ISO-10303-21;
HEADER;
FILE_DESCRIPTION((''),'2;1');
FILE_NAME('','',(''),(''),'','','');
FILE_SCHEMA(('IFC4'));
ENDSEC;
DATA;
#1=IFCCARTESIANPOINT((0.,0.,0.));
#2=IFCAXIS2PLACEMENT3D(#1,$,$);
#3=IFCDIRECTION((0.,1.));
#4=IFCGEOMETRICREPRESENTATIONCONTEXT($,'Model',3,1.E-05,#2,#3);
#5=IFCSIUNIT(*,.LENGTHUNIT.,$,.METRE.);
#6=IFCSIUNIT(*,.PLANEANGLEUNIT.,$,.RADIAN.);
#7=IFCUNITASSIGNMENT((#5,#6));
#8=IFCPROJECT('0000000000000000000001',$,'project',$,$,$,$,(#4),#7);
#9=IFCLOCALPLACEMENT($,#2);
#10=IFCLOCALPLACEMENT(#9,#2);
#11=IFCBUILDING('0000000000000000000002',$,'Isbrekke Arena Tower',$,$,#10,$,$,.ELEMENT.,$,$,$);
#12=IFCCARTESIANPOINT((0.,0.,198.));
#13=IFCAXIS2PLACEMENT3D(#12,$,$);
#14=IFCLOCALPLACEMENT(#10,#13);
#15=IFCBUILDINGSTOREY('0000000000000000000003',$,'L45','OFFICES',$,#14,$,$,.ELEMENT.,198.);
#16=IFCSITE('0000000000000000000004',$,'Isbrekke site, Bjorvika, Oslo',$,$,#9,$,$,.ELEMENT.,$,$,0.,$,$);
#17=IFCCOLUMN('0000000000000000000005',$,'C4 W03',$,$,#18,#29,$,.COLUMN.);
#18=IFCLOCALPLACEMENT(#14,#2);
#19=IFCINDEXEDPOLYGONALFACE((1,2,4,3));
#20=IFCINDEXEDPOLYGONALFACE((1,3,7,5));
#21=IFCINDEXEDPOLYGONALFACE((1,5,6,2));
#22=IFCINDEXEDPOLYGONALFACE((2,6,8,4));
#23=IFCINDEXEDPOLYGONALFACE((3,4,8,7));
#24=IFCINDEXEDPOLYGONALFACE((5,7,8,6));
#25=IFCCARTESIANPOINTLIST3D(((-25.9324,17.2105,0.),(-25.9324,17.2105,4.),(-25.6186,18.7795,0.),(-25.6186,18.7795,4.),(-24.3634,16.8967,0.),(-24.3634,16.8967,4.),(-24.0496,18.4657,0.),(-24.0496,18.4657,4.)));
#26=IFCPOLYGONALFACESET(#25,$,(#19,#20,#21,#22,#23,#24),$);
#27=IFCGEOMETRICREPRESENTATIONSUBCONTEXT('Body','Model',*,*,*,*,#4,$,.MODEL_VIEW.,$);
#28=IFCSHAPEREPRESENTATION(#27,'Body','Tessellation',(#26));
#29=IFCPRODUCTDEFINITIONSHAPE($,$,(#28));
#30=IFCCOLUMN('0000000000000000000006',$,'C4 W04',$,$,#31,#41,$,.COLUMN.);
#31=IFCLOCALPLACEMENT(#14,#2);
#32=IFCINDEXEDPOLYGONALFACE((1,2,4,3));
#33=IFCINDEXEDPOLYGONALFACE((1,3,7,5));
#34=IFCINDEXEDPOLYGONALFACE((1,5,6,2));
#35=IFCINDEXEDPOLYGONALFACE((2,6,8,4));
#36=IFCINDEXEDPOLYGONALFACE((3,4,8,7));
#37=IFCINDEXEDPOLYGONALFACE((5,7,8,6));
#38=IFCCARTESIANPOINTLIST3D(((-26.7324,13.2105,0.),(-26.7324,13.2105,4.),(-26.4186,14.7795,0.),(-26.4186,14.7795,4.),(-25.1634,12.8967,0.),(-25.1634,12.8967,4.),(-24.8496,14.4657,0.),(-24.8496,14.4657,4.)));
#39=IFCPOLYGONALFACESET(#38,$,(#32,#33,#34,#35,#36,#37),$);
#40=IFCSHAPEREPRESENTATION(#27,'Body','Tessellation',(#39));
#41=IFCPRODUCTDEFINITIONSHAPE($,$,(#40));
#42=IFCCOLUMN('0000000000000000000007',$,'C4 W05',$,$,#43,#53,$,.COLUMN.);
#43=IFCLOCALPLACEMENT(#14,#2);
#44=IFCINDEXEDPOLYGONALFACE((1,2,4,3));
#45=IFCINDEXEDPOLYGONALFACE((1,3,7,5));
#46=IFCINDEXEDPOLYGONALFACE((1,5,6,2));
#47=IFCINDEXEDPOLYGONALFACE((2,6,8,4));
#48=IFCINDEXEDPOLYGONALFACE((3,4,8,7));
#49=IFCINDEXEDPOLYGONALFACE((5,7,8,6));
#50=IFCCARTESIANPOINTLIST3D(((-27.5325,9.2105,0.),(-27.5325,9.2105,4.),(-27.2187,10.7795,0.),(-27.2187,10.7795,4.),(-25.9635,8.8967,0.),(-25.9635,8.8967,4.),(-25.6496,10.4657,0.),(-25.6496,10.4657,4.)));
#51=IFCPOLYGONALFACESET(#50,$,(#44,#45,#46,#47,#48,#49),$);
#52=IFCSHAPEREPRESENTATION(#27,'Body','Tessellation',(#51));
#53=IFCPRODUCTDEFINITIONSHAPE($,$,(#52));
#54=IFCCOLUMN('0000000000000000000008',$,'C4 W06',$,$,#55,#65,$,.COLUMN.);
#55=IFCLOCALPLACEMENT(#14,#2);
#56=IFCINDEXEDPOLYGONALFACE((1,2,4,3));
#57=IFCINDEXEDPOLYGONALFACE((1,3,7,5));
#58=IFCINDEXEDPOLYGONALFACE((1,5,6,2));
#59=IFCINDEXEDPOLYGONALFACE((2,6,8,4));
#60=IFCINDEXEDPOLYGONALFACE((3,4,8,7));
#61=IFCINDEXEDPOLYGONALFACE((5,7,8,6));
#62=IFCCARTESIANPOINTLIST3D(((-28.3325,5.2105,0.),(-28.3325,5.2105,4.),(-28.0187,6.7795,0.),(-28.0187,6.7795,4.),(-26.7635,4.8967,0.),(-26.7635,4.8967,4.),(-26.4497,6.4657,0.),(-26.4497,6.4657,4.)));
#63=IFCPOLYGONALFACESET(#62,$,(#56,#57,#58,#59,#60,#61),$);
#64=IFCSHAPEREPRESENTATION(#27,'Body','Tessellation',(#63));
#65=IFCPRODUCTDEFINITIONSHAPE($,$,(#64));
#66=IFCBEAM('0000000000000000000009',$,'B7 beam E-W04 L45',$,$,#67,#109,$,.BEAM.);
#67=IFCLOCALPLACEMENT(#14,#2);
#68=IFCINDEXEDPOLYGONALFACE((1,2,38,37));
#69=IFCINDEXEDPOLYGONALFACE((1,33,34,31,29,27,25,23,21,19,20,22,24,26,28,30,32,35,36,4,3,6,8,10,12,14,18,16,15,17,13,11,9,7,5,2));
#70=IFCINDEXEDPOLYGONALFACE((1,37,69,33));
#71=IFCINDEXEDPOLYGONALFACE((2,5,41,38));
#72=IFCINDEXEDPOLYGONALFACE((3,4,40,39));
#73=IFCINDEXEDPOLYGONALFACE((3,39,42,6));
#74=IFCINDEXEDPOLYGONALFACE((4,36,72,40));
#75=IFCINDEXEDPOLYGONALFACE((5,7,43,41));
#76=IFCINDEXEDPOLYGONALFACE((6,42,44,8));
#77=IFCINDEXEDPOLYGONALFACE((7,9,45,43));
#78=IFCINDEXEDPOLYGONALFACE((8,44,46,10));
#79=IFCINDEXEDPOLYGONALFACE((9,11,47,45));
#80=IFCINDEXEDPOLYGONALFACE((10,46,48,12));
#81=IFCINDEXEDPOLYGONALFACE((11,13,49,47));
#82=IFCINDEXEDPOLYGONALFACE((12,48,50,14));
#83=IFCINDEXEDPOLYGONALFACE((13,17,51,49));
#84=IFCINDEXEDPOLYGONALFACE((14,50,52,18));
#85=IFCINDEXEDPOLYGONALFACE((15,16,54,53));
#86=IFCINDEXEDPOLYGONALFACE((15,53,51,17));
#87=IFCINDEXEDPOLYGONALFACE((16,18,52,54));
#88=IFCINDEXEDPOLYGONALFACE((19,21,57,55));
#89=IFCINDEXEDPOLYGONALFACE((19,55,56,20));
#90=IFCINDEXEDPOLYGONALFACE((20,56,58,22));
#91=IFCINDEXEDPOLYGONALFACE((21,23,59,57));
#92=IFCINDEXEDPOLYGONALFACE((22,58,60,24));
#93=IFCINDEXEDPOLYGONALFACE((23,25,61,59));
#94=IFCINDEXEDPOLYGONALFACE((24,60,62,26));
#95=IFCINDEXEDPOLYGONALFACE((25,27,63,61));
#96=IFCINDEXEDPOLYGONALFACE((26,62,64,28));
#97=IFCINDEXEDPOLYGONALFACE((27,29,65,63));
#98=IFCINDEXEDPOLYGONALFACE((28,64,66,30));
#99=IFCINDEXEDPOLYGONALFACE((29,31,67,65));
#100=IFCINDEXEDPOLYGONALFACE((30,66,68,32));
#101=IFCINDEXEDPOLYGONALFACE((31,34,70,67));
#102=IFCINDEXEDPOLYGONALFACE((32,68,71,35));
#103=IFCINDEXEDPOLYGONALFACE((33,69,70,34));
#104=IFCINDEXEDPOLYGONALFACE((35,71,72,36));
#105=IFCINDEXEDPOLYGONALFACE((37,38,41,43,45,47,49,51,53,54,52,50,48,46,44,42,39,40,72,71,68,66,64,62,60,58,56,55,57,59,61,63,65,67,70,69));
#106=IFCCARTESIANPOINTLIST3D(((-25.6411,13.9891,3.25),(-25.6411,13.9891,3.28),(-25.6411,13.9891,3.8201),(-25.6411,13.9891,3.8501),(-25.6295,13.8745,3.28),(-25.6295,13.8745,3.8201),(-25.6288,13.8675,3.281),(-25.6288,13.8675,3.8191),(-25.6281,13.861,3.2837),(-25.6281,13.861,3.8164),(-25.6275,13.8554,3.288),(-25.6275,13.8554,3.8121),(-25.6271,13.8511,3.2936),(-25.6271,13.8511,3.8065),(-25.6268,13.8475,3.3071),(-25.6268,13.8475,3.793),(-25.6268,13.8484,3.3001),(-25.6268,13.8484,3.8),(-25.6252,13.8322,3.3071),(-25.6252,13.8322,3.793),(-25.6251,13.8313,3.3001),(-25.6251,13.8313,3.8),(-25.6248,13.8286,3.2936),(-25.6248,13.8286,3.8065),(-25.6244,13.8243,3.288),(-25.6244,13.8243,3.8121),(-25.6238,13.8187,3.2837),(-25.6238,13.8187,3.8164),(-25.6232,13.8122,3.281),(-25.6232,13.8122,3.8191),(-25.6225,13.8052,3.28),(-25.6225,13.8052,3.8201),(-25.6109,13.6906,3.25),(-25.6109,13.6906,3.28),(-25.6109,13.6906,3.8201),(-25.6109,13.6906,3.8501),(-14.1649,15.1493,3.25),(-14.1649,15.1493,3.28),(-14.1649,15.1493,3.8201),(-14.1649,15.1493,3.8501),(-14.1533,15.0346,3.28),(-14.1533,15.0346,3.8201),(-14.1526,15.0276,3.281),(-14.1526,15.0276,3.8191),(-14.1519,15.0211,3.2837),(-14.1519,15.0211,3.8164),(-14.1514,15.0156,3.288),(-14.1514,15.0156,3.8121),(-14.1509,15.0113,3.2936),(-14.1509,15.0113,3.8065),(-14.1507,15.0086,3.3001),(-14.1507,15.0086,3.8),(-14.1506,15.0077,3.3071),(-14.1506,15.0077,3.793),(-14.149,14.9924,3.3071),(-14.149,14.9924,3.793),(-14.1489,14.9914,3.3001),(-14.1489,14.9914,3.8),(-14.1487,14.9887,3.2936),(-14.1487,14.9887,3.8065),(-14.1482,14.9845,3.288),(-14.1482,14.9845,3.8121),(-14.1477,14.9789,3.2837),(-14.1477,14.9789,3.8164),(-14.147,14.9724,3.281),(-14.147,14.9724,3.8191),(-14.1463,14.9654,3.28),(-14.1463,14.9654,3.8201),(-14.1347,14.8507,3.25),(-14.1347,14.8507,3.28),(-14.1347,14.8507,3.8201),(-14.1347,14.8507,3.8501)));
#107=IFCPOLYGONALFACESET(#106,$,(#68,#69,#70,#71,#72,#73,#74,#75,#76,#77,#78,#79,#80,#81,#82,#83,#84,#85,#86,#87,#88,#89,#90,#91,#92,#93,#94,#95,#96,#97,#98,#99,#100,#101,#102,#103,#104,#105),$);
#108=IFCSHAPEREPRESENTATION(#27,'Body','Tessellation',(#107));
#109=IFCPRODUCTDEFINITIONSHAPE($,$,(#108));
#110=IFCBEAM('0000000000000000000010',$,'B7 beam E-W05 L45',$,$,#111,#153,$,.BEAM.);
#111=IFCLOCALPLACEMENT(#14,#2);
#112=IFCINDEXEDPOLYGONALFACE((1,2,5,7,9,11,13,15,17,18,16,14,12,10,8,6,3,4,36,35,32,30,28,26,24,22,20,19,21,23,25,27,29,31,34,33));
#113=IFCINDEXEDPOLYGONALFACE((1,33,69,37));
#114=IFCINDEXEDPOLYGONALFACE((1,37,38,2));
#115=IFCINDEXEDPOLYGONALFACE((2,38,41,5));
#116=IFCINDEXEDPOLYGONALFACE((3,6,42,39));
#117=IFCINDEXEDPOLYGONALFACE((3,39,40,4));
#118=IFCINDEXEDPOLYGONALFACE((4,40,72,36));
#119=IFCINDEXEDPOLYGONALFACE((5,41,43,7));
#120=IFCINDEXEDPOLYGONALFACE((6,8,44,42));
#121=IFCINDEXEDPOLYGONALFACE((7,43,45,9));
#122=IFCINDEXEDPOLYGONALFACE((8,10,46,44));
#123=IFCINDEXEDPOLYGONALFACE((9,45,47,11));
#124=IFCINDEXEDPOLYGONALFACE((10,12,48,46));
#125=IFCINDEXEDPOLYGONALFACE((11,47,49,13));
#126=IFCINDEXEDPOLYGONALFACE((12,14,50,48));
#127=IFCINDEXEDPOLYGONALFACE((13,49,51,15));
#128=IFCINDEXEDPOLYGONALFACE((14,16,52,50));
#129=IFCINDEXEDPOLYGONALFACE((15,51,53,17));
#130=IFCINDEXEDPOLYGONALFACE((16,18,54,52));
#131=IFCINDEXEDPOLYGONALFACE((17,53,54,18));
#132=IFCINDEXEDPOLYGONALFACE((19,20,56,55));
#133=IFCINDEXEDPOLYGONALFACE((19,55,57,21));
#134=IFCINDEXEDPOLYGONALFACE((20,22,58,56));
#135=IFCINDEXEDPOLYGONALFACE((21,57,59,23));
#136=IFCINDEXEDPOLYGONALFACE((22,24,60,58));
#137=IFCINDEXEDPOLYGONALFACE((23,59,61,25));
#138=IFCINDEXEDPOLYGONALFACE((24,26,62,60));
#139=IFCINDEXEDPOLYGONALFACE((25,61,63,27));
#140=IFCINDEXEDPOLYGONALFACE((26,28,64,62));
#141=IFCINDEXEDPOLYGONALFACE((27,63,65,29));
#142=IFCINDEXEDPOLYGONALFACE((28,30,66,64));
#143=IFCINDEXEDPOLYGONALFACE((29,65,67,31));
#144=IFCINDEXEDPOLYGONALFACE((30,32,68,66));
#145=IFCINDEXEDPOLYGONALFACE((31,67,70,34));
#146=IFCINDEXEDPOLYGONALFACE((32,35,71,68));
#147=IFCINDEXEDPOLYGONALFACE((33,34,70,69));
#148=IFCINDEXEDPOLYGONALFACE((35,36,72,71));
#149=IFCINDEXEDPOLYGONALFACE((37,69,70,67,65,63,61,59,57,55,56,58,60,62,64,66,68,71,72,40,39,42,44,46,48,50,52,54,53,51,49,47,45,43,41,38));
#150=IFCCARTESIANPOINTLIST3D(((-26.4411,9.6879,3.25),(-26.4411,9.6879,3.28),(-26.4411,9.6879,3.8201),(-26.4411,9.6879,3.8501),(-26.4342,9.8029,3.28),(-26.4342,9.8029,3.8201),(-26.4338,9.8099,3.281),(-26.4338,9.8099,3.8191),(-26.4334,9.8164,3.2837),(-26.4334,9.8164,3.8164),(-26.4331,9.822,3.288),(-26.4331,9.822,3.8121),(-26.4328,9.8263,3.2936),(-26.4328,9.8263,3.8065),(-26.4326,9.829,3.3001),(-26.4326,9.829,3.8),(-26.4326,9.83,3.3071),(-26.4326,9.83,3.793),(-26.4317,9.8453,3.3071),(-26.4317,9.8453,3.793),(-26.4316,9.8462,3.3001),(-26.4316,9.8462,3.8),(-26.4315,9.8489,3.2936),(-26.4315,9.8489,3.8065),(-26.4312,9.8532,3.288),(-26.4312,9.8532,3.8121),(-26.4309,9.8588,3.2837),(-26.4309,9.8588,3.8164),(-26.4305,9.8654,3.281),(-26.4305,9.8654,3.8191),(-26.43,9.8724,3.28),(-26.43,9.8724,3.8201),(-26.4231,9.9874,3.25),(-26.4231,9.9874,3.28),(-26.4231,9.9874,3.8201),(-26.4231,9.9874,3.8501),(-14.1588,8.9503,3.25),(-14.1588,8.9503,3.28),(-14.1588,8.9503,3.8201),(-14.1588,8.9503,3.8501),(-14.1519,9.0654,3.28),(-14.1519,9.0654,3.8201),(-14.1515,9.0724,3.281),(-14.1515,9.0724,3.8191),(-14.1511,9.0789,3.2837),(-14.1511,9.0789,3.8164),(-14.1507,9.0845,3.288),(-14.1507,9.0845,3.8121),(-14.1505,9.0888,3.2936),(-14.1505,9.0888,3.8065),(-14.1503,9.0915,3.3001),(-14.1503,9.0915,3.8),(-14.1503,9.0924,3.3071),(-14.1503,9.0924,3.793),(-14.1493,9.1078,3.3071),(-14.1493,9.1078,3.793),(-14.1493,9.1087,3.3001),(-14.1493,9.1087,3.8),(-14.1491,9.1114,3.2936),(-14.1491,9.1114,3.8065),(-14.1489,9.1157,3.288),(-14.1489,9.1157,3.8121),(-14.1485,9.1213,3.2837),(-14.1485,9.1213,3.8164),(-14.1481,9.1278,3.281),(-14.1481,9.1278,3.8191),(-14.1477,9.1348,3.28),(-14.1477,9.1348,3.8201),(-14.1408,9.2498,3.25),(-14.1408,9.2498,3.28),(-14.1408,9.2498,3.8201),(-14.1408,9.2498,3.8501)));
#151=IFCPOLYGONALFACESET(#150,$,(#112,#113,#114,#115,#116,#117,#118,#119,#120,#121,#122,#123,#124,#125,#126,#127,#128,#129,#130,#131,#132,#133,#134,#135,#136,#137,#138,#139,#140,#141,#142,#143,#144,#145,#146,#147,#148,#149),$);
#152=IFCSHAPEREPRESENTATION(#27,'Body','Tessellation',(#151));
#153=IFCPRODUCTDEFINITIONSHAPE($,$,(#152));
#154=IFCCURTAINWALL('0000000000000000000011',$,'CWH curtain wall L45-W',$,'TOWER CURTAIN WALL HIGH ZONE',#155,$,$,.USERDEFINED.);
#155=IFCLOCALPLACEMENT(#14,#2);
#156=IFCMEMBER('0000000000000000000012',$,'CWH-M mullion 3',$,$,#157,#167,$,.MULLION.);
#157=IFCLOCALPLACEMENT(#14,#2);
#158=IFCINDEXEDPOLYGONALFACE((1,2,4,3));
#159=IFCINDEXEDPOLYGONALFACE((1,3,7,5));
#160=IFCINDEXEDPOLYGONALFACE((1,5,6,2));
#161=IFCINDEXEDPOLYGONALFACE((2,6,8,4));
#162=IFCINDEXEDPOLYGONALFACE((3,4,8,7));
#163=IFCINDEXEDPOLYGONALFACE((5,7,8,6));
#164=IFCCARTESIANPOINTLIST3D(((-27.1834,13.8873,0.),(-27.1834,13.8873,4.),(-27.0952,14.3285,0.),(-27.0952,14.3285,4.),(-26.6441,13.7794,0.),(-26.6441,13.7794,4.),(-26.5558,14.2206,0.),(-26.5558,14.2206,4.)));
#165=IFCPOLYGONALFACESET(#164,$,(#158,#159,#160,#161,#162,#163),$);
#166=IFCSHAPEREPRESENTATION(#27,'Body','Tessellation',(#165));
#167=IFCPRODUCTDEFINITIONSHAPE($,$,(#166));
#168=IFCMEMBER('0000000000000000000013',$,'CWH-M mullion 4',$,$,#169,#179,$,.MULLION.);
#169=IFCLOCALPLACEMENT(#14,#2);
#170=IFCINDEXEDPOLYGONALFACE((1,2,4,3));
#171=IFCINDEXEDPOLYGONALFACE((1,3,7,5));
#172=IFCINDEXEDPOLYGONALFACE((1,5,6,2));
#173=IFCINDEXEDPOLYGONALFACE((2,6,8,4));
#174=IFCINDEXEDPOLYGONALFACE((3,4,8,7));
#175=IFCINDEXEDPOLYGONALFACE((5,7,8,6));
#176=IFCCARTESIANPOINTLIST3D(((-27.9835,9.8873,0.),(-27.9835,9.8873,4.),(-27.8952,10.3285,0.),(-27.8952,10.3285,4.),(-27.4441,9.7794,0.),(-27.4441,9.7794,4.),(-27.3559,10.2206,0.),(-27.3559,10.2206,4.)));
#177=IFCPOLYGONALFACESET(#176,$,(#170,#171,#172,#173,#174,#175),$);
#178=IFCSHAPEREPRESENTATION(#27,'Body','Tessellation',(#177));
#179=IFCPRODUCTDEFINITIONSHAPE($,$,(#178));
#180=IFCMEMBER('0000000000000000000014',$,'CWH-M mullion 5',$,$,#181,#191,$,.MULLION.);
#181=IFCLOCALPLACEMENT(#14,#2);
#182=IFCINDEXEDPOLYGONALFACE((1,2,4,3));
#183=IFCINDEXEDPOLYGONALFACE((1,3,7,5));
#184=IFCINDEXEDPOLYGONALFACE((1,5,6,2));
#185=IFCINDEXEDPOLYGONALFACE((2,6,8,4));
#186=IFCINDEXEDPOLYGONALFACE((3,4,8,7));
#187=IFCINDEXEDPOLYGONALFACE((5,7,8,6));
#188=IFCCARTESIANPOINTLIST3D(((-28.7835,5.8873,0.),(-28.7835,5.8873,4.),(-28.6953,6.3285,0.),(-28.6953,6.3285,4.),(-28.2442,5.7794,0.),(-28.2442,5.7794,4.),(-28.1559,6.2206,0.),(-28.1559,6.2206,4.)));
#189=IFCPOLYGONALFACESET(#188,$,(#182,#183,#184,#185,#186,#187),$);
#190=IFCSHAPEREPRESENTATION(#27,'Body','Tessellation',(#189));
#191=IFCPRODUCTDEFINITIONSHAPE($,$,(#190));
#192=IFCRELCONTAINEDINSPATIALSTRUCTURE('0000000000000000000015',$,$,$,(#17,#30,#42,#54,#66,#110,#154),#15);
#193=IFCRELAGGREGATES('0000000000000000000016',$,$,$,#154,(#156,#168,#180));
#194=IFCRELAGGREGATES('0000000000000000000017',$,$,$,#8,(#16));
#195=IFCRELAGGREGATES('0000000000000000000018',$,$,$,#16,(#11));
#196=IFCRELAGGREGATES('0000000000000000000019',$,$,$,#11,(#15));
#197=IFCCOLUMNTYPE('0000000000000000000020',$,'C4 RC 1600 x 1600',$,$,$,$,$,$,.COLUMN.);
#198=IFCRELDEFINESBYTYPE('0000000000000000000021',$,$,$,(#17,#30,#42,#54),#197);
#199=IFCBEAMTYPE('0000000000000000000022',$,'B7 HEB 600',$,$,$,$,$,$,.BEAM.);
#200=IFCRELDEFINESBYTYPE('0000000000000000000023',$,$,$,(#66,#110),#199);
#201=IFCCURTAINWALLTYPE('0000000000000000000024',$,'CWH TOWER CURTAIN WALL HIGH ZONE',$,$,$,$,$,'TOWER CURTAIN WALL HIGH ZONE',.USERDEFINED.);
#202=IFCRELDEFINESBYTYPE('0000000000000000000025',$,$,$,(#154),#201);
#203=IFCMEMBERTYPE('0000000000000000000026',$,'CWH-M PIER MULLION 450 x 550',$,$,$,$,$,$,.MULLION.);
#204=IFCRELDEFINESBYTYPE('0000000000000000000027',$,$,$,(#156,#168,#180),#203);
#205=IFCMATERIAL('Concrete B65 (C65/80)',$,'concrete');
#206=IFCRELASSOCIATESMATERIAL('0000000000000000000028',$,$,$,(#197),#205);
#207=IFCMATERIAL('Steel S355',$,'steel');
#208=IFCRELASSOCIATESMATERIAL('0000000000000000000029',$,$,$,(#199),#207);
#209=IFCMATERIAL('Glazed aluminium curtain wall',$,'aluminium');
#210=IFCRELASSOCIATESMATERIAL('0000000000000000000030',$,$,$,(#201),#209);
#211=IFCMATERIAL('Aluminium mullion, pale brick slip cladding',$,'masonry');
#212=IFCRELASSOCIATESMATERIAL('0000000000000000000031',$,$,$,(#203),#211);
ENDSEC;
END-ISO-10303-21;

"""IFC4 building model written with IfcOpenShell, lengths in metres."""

from ifc_helpers import new_model, si_unit, direction, frame, origin, origin_2d, place, context, subcontext, project, spatial, rectangle, i_section, extrude, material, material_profile, profile_set, type_object, element, aggregate, save


model = new_model("IFC4")

# Units and contexts
model_context = context("Model", 3, precision=1e-05, world=origin(), true_north=direction((0.0, 1.0)))
body_context = subcontext(model_context, "Body", "Model", "MODEL_VIEW")
ifc_project = project(units=[si_unit("LENGTHUNIT", "METRE"), si_unit("PLANEANGLEUNIT", "RADIAN")], contexts=[model_context])

# Site, building, storey
site_placement = place(None, origin())
site = spatial("IfcSite", under=ifc_project, at=site_placement, Name="Isbrekke site, Bjorvika, Oslo", CompositionType="ELEMENT", RefElevation=0.0)
building_placement = place(site_placement, origin())
building = spatial("IfcBuilding", under=site, at=building_placement, Name="Isbrekke Arena Tower", CompositionType="ELEMENT")
storey_placement = place(building_placement, frame((0.0, 0.0, 198.0)))
storey = spatial("IfcBuildingStorey", under=building, at=storey_placement, Name="L45", Description="OFFICES", CompositionType="ELEMENT", Elevation=198.0)

# Columns
ifc_material_1 = material(Name="Concrete B65 (C65/80)", Category="concrete")
ifc_material_profile_1 = material_profile(ifc_material_1, rectangle(XDim=1.6001, YDim=1.6001, at=origin_2d()), Name="RC 1600x1600")
ifc_profile_set_1 = profile_set([ifc_material_profile_1], Name="Concrete B65 (C65/80)")
column_type = type_object("IfcColumnType", Name="C4 RC 1600 x 1600", PredefinedType="COLUMN", material=ifc_profile_set_1)
for number, where, z_axis, x_axis, name in (
    (1, (-24.991, 17.8381, 0.0), (0.0, 0.0, 1.0), (-0.196116, -0.980581, 0.0), "C4 W03"),
    (2, (-25.791, 13.8381, 0.0), (0.0, 0.0, 1.0), (-0.196116, -0.980581, 0.0), "C4 W04"),
    (3, (-26.5911, 9.8381, 0.0), (0.0, 0.0, 1.0), (-0.196116, -0.980581, 0.0), "C4 W05"),
    (4, (-27.3911, 5.8381, 0.0), (0.0, 0.0, 1.0), (-0.196116, -0.980581, 0.0), "C4 W06"),
):
    element("IfcColumn", number, at=place(storey_placement, frame(where, z_axis=z_axis, x_axis=x_axis)), inside=storey, type_object=column_type, Name=name, PredefinedType="COLUMN", context=body_context, shape_type="SweptSolid", body=[
        extrude(rectangle(XDim=1.6001, YDim=1.6001, at=origin_2d()), origin(), (0.0, 0.0, 1.0), 4.0),
    ])

# Beams
ifc_material_2 = material(Name="Steel S355", Category="steel")
ifc_material_profile_2 = material_profile(ifc_material_2, i_section(OverallWidth=0.3, OverallDepth=0.6001, WebThickness=0.0154, FlangeThickness=0.03, FilletRadius=0.0271, at=origin_2d()), Name="HEB 600")
ifc_profile_set_2 = profile_set([ifc_material_profile_2], Name="Steel S355")
beam_type_1 = type_object("IfcBeamType", Name="B7 HEB 600", PredefinedType="BEAM", material=ifc_profile_set_2)
beam_1_placement = place(storey_placement, frame((-25.626, 13.8398, 3.55), z_axis=(0.994929, 0.100581, 0.0), x_axis=(-0.100581, 0.994929, 0.0)))
element("IfcBeam", 5, at=beam_1_placement, inside=storey, type_object=beam_type_1, Name="B7 beam E-W04 L45", PredefinedType="BEAM", context=body_context, shape_type="SweptSolid", body=[
    extrude(i_section(OverallWidth=0.3, OverallDepth=0.6001, WebThickness=0.0154, FlangeThickness=0.03, FilletRadius=0.0271, at=origin_2d()), origin(), (0.0, 0.0, 1.0), 11.5347),
])
beam_2_placement = place(storey_placement, frame((-26.4321, 9.8376, 3.55), z_axis=(0.998202, -0.059942, 0.0), x_axis=(0.059942, 0.998202, 0.0)))
element("IfcBeam", 6, at=beam_2_placement, inside=storey, type_object=beam_type_1, Name="B7 beam E-W05 L45", PredefinedType="BEAM", context=body_context, shape_type="SweptSolid", body=[
    extrude(i_section(OverallWidth=0.3, OverallDepth=0.6001, WebThickness=0.0154, FlangeThickness=0.03, FilletRadius=0.0271, at=origin_2d()), origin(), (0.0, 0.0, 1.0), 12.3044),
])

# Curtain wall, members
ifc_material_3 = material(Name="Glazed aluminium curtain wall", Category="aluminium")
curtain_wall_type = type_object("IfcCurtainWallType", Name="CWH TOWER CURTAIN WALL HIGH ZONE", ElementType="TOWER CURTAIN WALL HIGH ZONE", PredefinedType="USERDEFINED", material=ifc_material_3)
curtain_wall_placement = place(storey_placement, origin())
curtain_wall = element("IfcCurtainWall", 7, at=curtain_wall_placement, inside=storey, type_object=curtain_wall_type, Name="CWH curtain wall L45-W", ObjectType="TOWER CURTAIN WALL HIGH ZONE", PredefinedType="USERDEFINED")
ifc_material_4 = material(Name="Aluminium mullion, pale brick slip cladding", Category="masonry")
ifc_material_profile_3 = material_profile(ifc_material_4, rectangle(XDim=0.45, YDim=0.55, at=origin_2d()), Name="PIER 450X550")
ifc_profile_set_3 = profile_set([ifc_material_profile_3], Name="Aluminium mullion, pale brick slip cladding")
member_type_1 = type_object("IfcMemberType", Name="CWH-M PIER MULLION 450 x 550", PredefinedType="MULLION", material=ifc_profile_set_3)
member_1_placement = place(storey_placement, frame((-26.8696, 14.054, 0.0), z_axis=(0.0, 0.0, 1.0), x_axis=(-0.196116, -0.980581, 0.0)))
member_1 = element("IfcMember", 8, at=member_1_placement, type_object=member_type_1, Name="CWH-M mullion 3", PredefinedType="MULLION", context=body_context, shape_type="SweptSolid", body=[
    extrude(rectangle(XDim=0.45, YDim=0.55, at=origin_2d()), origin(), (0.0, 0.0, 1.0), 4.0),
])
member_2_placement = place(storey_placement, frame((-27.6697, 10.054, 0.0), z_axis=(0.0, 0.0, 1.0), x_axis=(-0.196116, -0.980581, 0.0)))
member_2 = element("IfcMember", 9, at=member_2_placement, type_object=member_type_1, Name="CWH-M mullion 4", PredefinedType="MULLION", context=body_context, shape_type="SweptSolid", body=[
    extrude(rectangle(XDim=0.45, YDim=0.55, at=origin_2d()), origin(), (0.0, 0.0, 1.0), 4.0),
])
member_3_placement = place(storey_placement, frame((-28.4697, 6.054, 0.0), z_axis=(0.0, 0.0, 1.0), x_axis=(-0.196116, -0.980581, 0.0)))
member_3 = element("IfcMember", 10, at=member_3_placement, type_object=member_type_1, Name="CWH-M mullion 5", PredefinedType="MULLION", context=body_context, shape_type="SweptSolid", body=[
    extrude(rectangle(XDim=0.45, YDim=0.55, at=origin_2d()), origin(), (0.0, 0.0, 1.0), 4.0),
])

aggregate(curtain_wall, [member_1, member_2, member_3])

save(model, "model.ifc")
